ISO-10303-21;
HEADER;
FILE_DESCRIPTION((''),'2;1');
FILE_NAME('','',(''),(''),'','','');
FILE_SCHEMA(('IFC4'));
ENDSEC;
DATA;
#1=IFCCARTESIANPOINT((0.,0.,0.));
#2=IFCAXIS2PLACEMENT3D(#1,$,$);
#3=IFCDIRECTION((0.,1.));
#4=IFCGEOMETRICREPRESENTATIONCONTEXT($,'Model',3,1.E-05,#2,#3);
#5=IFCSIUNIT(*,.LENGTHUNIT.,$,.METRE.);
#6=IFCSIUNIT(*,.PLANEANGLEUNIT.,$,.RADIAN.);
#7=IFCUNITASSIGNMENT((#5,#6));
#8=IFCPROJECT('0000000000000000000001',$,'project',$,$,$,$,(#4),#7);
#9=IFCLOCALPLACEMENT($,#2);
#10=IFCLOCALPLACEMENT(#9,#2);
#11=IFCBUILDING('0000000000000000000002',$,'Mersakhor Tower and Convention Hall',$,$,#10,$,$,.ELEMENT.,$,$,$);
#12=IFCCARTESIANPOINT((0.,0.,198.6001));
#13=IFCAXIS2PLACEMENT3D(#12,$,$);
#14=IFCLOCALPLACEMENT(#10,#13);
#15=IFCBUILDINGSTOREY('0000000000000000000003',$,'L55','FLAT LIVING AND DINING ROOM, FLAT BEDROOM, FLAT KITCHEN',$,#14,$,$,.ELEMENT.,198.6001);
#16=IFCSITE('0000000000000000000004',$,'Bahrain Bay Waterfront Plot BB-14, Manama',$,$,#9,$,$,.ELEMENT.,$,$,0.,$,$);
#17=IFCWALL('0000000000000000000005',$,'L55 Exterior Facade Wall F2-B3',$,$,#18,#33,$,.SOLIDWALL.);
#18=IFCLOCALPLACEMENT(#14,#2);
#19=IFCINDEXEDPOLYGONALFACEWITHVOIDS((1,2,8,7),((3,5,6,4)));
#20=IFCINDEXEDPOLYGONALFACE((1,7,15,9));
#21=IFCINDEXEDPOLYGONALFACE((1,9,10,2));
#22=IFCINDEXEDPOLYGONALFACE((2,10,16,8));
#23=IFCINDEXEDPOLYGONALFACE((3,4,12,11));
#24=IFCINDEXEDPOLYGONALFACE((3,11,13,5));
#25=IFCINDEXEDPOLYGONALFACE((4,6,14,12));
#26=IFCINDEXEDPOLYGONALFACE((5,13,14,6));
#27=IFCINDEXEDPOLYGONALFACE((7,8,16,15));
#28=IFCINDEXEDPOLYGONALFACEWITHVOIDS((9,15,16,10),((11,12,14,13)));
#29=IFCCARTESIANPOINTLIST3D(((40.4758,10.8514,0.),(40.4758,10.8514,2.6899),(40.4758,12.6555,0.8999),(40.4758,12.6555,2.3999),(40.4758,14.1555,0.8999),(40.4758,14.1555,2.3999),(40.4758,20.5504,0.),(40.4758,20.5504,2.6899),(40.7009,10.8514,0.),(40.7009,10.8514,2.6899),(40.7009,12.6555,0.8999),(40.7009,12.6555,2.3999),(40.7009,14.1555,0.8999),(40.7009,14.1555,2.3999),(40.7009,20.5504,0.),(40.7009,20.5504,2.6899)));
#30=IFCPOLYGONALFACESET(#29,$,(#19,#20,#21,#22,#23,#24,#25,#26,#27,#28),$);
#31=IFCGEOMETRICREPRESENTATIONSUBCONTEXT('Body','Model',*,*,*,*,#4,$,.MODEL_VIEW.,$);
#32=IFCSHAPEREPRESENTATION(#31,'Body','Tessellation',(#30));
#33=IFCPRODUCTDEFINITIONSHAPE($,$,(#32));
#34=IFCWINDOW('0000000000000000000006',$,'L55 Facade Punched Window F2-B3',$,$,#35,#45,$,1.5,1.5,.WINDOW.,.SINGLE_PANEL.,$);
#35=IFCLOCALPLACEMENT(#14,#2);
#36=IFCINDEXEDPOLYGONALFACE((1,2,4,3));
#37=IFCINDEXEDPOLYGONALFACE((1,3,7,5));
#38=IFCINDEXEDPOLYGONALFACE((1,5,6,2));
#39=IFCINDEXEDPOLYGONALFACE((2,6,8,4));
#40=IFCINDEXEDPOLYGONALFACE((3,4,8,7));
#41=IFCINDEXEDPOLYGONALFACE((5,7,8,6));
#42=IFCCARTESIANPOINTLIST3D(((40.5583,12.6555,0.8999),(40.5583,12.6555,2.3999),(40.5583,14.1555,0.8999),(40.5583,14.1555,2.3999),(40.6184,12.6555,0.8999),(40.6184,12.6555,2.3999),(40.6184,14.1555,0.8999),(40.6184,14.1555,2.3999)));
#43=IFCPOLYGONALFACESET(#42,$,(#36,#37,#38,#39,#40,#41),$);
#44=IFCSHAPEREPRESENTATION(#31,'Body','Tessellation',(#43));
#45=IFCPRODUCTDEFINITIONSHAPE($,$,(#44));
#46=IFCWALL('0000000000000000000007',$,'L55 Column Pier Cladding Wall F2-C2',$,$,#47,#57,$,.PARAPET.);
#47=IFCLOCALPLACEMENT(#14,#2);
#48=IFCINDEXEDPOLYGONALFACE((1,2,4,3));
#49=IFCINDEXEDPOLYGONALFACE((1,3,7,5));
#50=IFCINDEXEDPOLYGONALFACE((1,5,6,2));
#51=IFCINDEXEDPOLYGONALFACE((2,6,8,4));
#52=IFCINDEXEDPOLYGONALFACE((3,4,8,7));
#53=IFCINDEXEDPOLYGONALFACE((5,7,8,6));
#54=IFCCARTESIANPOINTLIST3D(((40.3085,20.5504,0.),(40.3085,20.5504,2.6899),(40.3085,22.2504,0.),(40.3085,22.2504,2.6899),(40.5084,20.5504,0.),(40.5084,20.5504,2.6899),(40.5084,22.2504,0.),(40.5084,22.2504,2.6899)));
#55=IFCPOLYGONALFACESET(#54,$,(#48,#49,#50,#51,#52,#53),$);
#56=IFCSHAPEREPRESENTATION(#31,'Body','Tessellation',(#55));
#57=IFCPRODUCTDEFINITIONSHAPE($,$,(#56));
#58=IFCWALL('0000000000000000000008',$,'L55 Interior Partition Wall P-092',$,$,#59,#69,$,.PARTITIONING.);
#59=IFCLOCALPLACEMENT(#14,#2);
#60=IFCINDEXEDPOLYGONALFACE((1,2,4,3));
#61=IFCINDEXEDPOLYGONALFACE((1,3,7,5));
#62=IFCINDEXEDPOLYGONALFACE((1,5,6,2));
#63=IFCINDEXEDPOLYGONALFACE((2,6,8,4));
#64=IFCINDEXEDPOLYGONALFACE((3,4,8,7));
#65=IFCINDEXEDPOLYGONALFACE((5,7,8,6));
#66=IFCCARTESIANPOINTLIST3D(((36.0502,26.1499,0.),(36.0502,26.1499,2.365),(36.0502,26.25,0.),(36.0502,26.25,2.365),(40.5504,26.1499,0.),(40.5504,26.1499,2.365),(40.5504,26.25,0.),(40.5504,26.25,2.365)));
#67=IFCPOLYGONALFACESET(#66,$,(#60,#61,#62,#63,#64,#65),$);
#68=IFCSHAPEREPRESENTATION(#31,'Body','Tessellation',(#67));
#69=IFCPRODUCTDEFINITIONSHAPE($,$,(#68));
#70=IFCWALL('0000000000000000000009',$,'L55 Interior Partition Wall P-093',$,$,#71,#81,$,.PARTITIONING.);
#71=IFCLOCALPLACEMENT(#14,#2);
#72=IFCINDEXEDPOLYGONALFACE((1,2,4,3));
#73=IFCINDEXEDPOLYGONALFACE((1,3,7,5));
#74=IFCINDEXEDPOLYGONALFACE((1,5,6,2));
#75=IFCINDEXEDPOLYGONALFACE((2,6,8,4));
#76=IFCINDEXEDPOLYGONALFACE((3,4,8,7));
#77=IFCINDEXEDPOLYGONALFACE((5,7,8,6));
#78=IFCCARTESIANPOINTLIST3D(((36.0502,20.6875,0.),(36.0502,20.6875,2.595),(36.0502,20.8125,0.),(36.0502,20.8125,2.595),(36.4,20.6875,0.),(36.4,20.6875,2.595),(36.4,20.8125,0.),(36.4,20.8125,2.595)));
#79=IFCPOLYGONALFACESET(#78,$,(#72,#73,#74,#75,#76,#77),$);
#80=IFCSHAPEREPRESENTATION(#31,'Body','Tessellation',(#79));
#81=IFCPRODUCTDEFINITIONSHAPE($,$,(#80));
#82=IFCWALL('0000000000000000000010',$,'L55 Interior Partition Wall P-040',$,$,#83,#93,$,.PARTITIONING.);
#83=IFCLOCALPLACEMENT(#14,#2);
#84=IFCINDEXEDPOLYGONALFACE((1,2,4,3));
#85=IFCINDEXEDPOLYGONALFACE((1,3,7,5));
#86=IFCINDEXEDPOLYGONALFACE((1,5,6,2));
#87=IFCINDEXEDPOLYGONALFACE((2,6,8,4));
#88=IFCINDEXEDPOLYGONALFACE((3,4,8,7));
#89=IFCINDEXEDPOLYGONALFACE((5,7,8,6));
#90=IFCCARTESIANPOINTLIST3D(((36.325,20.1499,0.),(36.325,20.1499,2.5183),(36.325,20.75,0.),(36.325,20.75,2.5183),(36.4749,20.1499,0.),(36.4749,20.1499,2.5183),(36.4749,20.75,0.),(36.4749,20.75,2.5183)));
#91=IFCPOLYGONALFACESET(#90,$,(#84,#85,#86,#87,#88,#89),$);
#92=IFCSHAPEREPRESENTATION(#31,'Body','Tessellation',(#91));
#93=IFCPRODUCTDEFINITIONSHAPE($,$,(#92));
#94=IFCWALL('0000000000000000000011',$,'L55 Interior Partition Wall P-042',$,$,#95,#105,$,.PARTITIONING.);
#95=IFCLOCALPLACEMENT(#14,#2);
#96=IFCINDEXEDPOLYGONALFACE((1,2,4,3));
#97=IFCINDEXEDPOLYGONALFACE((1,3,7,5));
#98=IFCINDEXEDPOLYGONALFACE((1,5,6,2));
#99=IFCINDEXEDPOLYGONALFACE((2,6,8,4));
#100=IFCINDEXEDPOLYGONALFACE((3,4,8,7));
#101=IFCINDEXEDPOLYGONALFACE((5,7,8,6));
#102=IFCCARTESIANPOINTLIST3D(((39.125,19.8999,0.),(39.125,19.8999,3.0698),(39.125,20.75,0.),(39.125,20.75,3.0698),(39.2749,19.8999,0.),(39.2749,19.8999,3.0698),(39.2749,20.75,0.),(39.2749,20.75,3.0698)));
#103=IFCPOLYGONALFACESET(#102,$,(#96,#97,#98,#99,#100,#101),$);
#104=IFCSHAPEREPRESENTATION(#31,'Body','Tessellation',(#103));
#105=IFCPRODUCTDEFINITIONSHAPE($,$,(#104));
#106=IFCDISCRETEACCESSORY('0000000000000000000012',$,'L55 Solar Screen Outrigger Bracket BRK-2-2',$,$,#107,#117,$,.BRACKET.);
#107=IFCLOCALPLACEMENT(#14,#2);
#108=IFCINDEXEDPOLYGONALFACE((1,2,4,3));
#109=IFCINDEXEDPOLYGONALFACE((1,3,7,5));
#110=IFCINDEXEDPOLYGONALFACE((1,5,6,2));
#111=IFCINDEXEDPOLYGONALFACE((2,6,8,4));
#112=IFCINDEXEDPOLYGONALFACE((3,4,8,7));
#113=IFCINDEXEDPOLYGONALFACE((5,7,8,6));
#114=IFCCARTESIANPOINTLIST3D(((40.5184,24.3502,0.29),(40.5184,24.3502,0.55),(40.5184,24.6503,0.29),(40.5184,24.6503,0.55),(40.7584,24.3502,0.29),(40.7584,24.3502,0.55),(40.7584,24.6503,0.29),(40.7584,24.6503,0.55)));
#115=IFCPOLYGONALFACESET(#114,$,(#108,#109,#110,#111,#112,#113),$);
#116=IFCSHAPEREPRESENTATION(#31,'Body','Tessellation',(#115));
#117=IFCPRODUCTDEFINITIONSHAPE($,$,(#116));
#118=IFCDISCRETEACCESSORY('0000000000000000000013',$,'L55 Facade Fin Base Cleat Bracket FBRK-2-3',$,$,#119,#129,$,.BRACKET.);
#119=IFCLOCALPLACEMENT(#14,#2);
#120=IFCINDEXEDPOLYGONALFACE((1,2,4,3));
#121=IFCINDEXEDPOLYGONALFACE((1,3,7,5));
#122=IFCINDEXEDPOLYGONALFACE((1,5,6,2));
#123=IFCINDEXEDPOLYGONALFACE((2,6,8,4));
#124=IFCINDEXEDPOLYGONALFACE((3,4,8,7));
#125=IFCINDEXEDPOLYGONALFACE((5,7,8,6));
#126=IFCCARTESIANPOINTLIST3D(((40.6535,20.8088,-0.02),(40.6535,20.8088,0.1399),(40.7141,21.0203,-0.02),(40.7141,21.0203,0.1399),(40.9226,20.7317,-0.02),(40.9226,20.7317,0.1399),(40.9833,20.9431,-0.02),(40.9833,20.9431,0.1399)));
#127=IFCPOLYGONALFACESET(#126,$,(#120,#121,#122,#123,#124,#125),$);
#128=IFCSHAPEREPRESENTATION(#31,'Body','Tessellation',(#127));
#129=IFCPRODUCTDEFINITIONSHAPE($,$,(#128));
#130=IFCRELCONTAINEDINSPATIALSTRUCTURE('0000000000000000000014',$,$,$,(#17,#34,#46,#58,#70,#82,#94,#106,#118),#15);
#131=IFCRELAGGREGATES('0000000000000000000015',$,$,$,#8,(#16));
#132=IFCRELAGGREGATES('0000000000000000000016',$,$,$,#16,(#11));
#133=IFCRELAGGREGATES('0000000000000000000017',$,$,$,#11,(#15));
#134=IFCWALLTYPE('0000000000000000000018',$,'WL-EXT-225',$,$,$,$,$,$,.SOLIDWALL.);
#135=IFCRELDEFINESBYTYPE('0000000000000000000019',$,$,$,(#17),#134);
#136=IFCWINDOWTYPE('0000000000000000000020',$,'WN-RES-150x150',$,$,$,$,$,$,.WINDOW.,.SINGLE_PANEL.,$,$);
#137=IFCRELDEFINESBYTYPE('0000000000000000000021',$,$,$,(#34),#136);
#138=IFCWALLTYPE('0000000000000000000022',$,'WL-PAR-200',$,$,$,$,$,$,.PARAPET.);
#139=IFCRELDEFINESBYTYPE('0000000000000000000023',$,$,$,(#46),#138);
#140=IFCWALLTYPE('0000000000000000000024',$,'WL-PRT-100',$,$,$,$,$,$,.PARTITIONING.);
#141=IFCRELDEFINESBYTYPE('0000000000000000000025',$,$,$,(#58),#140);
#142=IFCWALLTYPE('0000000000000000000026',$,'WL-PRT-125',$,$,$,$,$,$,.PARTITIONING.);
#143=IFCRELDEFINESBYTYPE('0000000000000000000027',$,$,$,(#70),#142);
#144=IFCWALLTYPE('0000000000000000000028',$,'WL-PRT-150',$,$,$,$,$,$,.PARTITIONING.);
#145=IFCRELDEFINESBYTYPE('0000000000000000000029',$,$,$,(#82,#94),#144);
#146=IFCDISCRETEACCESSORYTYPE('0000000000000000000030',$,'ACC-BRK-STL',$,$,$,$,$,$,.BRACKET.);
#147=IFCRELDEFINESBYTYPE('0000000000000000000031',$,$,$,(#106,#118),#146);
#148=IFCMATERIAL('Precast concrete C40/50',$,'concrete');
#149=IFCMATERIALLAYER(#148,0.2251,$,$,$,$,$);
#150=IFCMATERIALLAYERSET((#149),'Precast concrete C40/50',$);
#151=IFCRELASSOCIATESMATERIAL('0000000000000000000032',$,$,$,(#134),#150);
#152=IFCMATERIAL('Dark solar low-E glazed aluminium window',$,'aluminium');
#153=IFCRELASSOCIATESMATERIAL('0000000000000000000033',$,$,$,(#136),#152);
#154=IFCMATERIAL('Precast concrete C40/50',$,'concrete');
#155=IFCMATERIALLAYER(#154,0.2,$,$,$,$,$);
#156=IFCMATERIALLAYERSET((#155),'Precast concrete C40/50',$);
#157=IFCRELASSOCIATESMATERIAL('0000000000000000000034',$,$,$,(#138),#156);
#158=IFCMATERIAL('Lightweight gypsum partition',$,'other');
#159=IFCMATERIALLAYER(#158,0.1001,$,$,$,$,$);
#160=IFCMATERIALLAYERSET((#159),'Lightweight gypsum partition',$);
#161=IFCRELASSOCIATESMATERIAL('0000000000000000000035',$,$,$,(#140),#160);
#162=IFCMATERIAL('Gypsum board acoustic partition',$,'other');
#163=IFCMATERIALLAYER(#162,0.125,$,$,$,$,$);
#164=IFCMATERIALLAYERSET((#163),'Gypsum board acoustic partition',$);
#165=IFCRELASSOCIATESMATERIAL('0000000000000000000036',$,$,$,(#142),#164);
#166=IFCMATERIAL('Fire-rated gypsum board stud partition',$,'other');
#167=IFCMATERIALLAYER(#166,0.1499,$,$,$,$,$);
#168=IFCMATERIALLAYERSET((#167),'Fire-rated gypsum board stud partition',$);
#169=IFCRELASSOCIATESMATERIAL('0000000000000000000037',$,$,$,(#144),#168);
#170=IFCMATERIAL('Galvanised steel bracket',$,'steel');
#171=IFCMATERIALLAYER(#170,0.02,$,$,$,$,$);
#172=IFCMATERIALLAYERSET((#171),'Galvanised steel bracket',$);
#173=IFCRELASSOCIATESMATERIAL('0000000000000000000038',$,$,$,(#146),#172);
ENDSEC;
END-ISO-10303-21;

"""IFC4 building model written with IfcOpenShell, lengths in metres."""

from ifc_helpers import new_model, si_unit, direction, frame, frame_2d, origin, origin_2d, place, context, subcontext, project, spatial, rectangle, extrude, material, layer, layer_set, type_object, element, fill, save


model = new_model("IFC4")

# Units and contexts
model_context = context("Model", 3, precision=1e-05, world=origin(), true_north=direction((0.0, 1.0)))
body_context = subcontext(model_context, "Body", "Model", "MODEL_VIEW")
ifc_project = project(units=[si_unit("LENGTHUNIT", "METRE"), si_unit("PLANEANGLEUNIT", "RADIAN")], contexts=[model_context])

# Site, building, storey
site_placement = place(None, origin())
site = spatial("IfcSite", under=ifc_project, at=site_placement, Name="Bahrain Bay Waterfront Plot BB-14, Manama", CompositionType="ELEMENT", RefElevation=0.0)
building_placement = place(site_placement, origin())
building = spatial("IfcBuilding", under=site, at=building_placement, Name="Mersakhor Tower and Convention Hall", CompositionType="ELEMENT")
storey_placement = place(building_placement, frame((0.0, 0.0, 198.6001)))
storey = spatial("IfcBuildingStorey", under=building, at=storey_placement, Name="L55", Description="FLAT LIVING AND DINING ROOM, FLAT BEDROOM, FLAT KITCHEN", CompositionType="ELEMENT", Elevation=198.6001)

# Wall, opening, window
ifc_material_1 = material(Name="Precast concrete C40/50", Category="concrete")
ifc_layer_1 = layer(ifc_material_1, 0.2251)
ifc_layer_set_1 = layer_set([ifc_layer_1], Name="Precast concrete C40/50")
wall_type_1 = type_object("IfcWallType", Name="WL-EXT-225", PredefinedType="SOLIDWALL", material=ifc_layer_set_1)
wall_1_placement = place(storey_placement, frame((40.5884, 20.5505, 0.0), z_axis=(0.0, 0.0, 1.0), x_axis=(0.0, -1.0, 0.0)))
wall_1 = element("IfcWall", 1, at=wall_1_placement, inside=storey, type_object=wall_type_1, Name="L55 Exterior Facade Wall F2-B3", PredefinedType="SOLIDWALL", context=body_context, shape_type="SweptSolid", body=[
    extrude(rectangle(XDim=9.699, YDim=0.2251, at=frame_2d((4.8496, 0.0))), origin(), (0.0, 0.0, 1.0), 2.6899),
])
opening_1_placement = place(wall_1_placement, frame((6.395, 0.0, 0.8999)))
opening_1 = element("IfcOpeningElement", 2, at=opening_1_placement, cuts=wall_1, PredefinedType="OPENING", context=body_context, shape_type="SweptSolid", body=[
    extrude(rectangle(XDim=1.5, YDim=1.5, at=frame_2d((0.75, 0.75))), frame((0.0, 0.1226, 0.0), z_axis=(0.0, -1.0, 0.0), x_axis=(1.0, 0.0, 0.0)), (0.0, 0.0, 1.0), 0.2451),
])
ifc_material_2 = material(Name="Dark solar low-E glazed aluminium window", Category="aluminium")
window_type = type_object("IfcWindowType", Name="WN-RES-150x150", PartitioningType="SINGLE_PANEL", PredefinedType="WINDOW", material=ifc_material_2)
window_placement = place(opening_1_placement, origin())
window = element("IfcWindow", 3, at=window_placement, inside=storey, type_object=window_type, Name="L55 Facade Punched Window F2-B3", OverallHeight=1.5, OverallWidth=1.5, PartitioningType="SINGLE_PANEL", PredefinedType="WINDOW", context=body_context, shape_type="SweptSolid", body=[
    extrude(rectangle(XDim=1.5, YDim=1.5, at=frame_2d((0.75, 0.75))), frame((0.0, 0.03, 0.0), z_axis=(0.0, -1.0, 0.0), x_axis=(1.0, 0.0, 0.0)), (0.0, 0.0, 1.0), 0.0601),
])
fill(opening_1, window)

# Walls
ifc_material_3 = material(Name="Precast concrete C40/50", Category="concrete")
ifc_layer_2 = layer(ifc_material_3, 0.2)
ifc_layer_set_2 = layer_set([ifc_layer_2], Name="Precast concrete C40/50")
wall_type_2 = type_object("IfcWallType", Name="WL-PAR-200", PredefinedType="PARAPET", material=ifc_layer_set_2)
wall_2_placement = place(storey_placement, frame((40.4084, 22.2505, 0.0), z_axis=(0.0, 0.0, 1.0), x_axis=(0.0, -1.0, 0.0)))
element("IfcWall", 4, at=wall_2_placement, inside=storey, type_object=wall_type_2, Name="L55 Column Pier Cladding Wall F2-C2", PredefinedType="PARAPET", context=body_context, shape_type="SweptSolid", body=[
    extrude(rectangle(XDim=1.7, YDim=0.2, at=frame_2d((0.8501, 0.0))), origin(), (0.0, 0.0, 1.0), 2.6899),
])
ifc_material_4 = material(Name="Lightweight gypsum partition", Category="other")
ifc_layer_3 = layer(ifc_material_4, 0.1001)
ifc_layer_set_3 = layer_set([ifc_layer_3], Name="Lightweight gypsum partition")
wall_type_3 = type_object("IfcWallType", Name="WL-PRT-100", PredefinedType="PARTITIONING", material=ifc_layer_set_3)
wall_3_placement = place(storey_placement, frame((40.5503, 26.2, 0.0), z_axis=(0.0, 0.0, 1.0), x_axis=(-1.0, 0.0, 0.0)))
element("IfcWall", 5, at=wall_3_placement, inside=storey, type_object=wall_type_3, Name="L55 Interior Partition Wall P-092", PredefinedType="PARTITIONING", context=body_context, shape_type="SweptSolid", body=[
    extrude(rectangle(XDim=4.5002, YDim=0.1001, at=frame_2d((2.25, 0.0))), origin(), (0.0, 0.0, 1.0), 2.365),
])
ifc_material_5 = material(Name="Gypsum board acoustic partition", Category="other")
ifc_layer_4 = layer(ifc_material_5, 0.125)
ifc_layer_set_4 = layer_set([ifc_layer_4], Name="Gypsum board acoustic partition")
wall_type_4 = type_object("IfcWallType", Name="WL-PRT-125", PredefinedType="PARTITIONING", material=ifc_layer_set_4)
wall_4_placement = place(storey_placement, frame((36.3999, 20.75, 0.0), z_axis=(0.0, 0.0, 1.0), x_axis=(-1.0, 0.0, 0.0)))
element("IfcWall", 6, at=wall_4_placement, inside=storey, type_object=wall_type_4, Name="L55 Interior Partition Wall P-093", PredefinedType="PARTITIONING", context=body_context, shape_type="SweptSolid", body=[
    extrude(rectangle(XDim=0.3499, YDim=0.125, at=frame_2d((0.1748, 0.0))), origin(), (0.0, 0.0, 1.0), 2.595),
])
ifc_material_6 = material(Name="Fire-rated gypsum board stud partition", Category="other")
ifc_layer_5 = layer(ifc_material_6, 0.1499)
ifc_layer_set_5 = layer_set([ifc_layer_5], Name="Fire-rated gypsum board stud partition")
wall_type_5 = type_object("IfcWallType", Name="WL-PRT-150", PredefinedType="PARTITIONING", material=ifc_layer_set_5)
wall_5_placement = place(storey_placement, frame((36.3999, 20.1499, 0.0), z_axis=(0.0, 0.0, 1.0), x_axis=(0.0, 1.0, 0.0)))
element("IfcWall", 7, at=wall_5_placement, inside=storey, type_object=wall_type_5, Name="L55 Interior Partition Wall P-040", PredefinedType="PARTITIONING", context=body_context, shape_type="SweptSolid", body=[
    extrude(rectangle(XDim=0.6001, YDim=0.1499, at=frame_2d((0.3, 0.0))), origin(), (0.0, 0.0, 1.0), 2.5183),
])

# Wall
wall_6_placement = place(storey_placement, frame((39.2, 20.75, 0.0), z_axis=(0.0, 0.0, 1.0), x_axis=(0.0, -1.0, 0.0)))
element("IfcWall", 8, at=wall_6_placement, inside=storey, type_object=wall_type_5, Name="L55 Interior Partition Wall P-042", PredefinedType="PARTITIONING", context=body_context, shape_type="SweptSolid", body=[
    extrude(rectangle(XDim=0.8501, YDim=0.1499, at=frame_2d((0.425, 0.0))), origin(), (0.0, 0.0, 1.0), 3.0698),
])

# Discrete accessories
ifc_material_7 = material(Name="Galvanised steel bracket", Category="steel")
ifc_layer_6 = layer(ifc_material_7, 0.02)
ifc_layer_set_6 = layer_set([ifc_layer_6], Name="Galvanised steel bracket")
discrete_accessory_type = type_object("IfcDiscreteAccessoryType", Name="ACC-BRK-STL", PredefinedType="BRACKET", material=ifc_layer_set_6)
discrete_accessory_1_placement = place(storey_placement, frame((40.6384, 24.5002, 0.29), z_axis=(0.0, 0.0, 1.0), x_axis=(0.0, -1.0, 0.0)))
element("IfcDiscreteAccessory", 9, at=discrete_accessory_1_placement, inside=storey, type_object=discrete_accessory_type, Name="L55 Solar Screen Outrigger Bracket BRK-2-2", PredefinedType="BRACKET", context=body_context, shape_type="SweptSolid", body=[
    extrude(rectangle(XDim=0.3, YDim=0.24, at=origin_2d()), origin(), (0.0, 0.0, 1.0), 0.26),
])
discrete_accessory_2_placement = place(storey_placement, frame((40.8184, 20.876, -0.02), z_axis=(0.0, 0.0, 1.0), x_axis=(0.961262, -0.275637, 0.0)))
element("IfcDiscreteAccessory", 10, at=discrete_accessory_2_placement, inside=storey, type_object=discrete_accessory_type, Name="L55 Facade Fin Base Cleat Bracket FBRK-2-3", PredefinedType="BRACKET", context=body_context, shape_type="SweptSolid", body=[
    extrude(rectangle(XDim=0.28, YDim=0.22, at=origin_2d()), origin(), (0.0, 0.0, 1.0), 0.1599),
])

save(model, "model.ifc")
